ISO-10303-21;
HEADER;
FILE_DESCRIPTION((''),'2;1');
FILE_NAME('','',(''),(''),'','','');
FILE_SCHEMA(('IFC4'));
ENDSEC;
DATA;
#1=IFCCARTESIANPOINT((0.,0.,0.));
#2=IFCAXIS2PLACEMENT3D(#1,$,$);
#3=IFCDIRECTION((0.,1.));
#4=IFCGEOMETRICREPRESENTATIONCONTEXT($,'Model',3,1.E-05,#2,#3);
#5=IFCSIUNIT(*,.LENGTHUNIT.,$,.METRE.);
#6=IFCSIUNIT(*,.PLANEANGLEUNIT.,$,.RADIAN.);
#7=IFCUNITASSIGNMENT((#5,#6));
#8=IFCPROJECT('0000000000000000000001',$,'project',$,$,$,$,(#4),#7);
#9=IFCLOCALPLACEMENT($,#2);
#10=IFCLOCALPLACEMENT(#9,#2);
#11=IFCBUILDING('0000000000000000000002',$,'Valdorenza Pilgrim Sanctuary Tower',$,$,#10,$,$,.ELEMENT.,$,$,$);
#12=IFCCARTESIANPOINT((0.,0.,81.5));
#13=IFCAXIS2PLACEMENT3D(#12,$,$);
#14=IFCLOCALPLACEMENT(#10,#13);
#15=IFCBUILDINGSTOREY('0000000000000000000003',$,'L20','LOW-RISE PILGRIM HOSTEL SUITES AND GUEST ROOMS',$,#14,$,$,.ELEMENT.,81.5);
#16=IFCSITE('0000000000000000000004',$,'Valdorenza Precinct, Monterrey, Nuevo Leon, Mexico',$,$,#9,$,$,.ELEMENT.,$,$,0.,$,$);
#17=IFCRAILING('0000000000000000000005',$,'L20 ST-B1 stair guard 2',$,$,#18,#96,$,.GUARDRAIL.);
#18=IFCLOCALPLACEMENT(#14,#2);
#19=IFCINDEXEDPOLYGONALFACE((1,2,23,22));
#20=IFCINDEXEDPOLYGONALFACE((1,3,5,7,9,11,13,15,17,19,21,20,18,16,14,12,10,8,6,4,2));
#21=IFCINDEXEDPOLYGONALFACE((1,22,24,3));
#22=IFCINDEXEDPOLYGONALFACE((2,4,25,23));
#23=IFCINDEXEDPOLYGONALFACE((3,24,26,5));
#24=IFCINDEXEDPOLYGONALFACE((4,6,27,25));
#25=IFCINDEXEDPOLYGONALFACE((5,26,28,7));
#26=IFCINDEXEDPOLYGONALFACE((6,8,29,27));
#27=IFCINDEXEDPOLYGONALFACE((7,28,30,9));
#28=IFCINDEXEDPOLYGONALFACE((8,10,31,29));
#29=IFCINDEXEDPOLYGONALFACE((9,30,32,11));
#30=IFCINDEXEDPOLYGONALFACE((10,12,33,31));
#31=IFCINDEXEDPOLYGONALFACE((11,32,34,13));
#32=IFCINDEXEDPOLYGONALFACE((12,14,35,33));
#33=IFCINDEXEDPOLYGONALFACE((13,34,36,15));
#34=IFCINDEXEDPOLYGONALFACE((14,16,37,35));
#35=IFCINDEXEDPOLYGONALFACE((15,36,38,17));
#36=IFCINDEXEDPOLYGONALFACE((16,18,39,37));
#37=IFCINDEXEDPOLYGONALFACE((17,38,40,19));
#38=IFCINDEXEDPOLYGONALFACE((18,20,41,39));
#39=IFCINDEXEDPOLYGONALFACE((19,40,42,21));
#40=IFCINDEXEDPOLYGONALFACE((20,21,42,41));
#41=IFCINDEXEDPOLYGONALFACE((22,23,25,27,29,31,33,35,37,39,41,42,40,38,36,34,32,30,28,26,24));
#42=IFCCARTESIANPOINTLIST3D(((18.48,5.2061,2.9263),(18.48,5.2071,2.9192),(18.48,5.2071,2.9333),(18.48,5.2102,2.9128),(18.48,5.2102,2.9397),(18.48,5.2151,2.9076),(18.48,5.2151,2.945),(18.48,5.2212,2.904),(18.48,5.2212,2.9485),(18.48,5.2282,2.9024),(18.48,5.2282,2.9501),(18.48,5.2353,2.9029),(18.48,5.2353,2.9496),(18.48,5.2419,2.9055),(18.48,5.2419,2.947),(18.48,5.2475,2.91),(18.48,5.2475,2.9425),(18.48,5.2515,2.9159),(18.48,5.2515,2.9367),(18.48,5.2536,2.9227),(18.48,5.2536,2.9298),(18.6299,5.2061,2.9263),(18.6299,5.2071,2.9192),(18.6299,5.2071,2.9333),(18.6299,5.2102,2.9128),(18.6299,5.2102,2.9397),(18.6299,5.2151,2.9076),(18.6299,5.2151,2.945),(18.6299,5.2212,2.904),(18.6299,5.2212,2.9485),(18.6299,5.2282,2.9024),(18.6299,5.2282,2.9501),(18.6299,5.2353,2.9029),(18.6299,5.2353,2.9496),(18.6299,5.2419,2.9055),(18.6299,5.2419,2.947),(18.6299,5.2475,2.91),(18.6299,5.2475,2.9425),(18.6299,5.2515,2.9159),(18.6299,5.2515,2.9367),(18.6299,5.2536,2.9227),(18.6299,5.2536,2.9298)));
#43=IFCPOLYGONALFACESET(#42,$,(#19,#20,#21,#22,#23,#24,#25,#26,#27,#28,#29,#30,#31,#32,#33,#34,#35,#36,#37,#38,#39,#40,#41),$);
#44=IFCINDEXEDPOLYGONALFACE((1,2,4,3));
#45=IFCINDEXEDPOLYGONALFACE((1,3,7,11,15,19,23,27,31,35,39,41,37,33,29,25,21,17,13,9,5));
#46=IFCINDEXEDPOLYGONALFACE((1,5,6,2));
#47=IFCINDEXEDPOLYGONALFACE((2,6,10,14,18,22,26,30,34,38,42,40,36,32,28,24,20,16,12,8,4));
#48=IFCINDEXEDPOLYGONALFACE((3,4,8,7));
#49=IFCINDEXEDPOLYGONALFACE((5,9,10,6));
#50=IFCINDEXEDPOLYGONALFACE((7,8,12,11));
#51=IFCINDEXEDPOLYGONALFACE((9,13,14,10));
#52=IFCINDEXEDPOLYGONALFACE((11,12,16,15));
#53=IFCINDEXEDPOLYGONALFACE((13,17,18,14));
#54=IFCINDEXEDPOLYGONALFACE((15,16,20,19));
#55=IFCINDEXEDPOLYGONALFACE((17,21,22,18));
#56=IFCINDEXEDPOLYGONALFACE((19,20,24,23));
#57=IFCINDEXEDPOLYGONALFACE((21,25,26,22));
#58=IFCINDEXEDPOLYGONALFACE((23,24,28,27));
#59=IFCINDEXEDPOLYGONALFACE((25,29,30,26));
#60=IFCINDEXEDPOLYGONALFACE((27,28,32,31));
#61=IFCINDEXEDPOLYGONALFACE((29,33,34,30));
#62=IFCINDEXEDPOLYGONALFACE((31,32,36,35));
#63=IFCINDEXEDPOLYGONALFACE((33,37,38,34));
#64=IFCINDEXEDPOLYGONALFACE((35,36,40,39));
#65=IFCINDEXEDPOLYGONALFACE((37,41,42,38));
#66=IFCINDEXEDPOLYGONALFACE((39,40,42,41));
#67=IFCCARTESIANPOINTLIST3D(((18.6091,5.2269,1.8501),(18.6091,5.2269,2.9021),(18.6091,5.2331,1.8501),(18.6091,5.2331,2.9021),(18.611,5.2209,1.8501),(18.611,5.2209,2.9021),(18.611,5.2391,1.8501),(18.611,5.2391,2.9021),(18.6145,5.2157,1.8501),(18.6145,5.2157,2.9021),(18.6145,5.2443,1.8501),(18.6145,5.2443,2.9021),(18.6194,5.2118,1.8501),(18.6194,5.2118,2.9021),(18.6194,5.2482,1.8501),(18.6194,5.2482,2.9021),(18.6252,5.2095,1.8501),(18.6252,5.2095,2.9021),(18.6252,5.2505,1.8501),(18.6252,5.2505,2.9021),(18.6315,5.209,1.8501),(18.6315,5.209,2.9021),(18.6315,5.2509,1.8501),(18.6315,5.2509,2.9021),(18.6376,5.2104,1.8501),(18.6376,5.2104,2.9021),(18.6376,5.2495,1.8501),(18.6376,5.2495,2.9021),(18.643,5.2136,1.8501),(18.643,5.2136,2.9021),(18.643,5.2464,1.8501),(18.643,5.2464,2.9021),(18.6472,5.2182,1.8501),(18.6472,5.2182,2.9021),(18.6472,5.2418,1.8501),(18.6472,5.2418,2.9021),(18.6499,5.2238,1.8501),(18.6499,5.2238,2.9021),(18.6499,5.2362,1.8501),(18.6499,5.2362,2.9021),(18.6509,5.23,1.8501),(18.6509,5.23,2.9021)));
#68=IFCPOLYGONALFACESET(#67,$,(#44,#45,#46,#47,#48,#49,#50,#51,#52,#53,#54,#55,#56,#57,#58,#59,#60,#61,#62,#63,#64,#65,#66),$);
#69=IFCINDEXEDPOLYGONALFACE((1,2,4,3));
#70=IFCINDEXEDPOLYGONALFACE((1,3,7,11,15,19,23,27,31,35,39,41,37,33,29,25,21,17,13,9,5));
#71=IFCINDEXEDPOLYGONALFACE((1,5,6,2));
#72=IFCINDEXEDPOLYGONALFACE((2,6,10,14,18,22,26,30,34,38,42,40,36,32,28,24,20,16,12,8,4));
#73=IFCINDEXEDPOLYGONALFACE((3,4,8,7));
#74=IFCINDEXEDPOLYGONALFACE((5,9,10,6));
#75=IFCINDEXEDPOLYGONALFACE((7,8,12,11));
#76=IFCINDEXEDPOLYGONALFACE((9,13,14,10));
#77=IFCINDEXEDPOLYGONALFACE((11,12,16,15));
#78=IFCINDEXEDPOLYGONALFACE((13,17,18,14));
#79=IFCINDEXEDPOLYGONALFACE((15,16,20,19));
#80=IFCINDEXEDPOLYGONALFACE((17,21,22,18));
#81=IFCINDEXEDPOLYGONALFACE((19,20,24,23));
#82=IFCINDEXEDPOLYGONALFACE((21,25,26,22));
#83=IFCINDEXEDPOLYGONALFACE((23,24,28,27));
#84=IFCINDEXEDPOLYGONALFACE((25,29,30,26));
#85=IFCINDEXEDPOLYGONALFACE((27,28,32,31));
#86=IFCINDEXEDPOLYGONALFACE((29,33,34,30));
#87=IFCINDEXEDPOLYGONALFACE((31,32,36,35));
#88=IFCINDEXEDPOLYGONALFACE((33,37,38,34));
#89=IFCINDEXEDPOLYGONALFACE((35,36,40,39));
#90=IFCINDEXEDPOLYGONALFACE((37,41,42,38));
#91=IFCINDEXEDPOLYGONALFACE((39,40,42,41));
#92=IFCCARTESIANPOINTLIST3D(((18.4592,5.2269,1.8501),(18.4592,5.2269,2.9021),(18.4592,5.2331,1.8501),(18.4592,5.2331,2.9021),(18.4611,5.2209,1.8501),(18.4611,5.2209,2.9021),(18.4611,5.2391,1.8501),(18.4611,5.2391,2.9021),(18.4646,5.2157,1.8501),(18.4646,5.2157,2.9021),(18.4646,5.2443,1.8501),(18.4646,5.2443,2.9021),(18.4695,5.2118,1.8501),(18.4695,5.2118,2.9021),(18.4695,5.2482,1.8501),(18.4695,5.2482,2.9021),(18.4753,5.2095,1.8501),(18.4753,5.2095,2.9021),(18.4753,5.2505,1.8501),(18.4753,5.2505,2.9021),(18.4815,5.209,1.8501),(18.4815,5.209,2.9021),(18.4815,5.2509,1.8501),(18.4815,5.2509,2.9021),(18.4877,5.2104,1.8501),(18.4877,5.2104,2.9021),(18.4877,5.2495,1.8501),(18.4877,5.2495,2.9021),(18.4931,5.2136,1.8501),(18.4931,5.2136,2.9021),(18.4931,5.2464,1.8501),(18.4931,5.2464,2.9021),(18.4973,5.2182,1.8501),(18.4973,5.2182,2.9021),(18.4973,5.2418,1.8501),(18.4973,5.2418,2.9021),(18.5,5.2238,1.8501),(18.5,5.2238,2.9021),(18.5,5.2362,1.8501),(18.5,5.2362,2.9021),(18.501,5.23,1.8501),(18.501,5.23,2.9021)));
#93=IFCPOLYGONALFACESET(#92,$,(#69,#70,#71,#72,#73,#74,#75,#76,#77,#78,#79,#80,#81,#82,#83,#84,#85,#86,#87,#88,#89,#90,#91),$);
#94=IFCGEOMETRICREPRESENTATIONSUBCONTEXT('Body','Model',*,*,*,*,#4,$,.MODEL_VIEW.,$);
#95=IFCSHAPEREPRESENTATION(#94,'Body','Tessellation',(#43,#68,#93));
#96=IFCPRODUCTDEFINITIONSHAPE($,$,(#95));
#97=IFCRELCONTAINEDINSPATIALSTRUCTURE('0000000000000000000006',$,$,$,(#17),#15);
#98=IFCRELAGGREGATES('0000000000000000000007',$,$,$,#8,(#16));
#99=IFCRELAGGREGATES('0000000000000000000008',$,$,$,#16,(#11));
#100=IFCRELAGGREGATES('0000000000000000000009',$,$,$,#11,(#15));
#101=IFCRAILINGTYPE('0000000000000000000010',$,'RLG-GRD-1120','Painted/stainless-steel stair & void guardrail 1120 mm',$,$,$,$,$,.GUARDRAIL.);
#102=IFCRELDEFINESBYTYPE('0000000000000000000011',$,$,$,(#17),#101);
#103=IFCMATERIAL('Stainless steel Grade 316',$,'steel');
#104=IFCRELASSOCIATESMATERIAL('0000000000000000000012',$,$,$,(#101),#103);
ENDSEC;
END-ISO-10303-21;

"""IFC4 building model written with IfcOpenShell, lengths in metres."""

from ifc_helpers import new_model, si_unit, direction, frame, origin, origin_2d, place, context, subcontext, project, spatial, circle, extrude, material, type_object, element, save


model = new_model("IFC4")

# Units and contexts
model_context = context("Model", 3, precision=1e-05, world=origin(), true_north=direction((0.0, 1.0)))
body_context = subcontext(model_context, "Body", "Model", "MODEL_VIEW")
ifc_project = project(units=[si_unit("LENGTHUNIT", "METRE"), si_unit("PLANEANGLEUNIT", "RADIAN")], contexts=[model_context])

# Site, building, storey
site_placement = place(None, origin())
site = spatial("IfcSite", under=ifc_project, at=site_placement, Name="Valdorenza Precinct, Monterrey, Nuevo Leon, Mexico", CompositionType="ELEMENT", RefElevation=0.0)
building_placement = place(site_placement, origin())
building = spatial("IfcBuilding", under=site, at=building_placement, Name="Valdorenza Pilgrim Sanctuary Tower", CompositionType="ELEMENT")
storey_placement = place(building_placement, frame((0.0, 0.0, 81.5)))
storey = spatial("IfcBuildingStorey", under=building, at=storey_placement, Name="L20", Description="LOW-RISE PILGRIM HOSTEL SUITES AND GUEST ROOMS", CompositionType="ELEMENT", Elevation=81.5)

# Railing
ifc_material_1 = material(Name="Stainless steel Grade 316", Category="steel")
railing_type_1 = type_object("IfcRailingType", Name="RLG-GRD-1120", Description="Painted/stainless-steel stair & void guardrail 1120 mm", PredefinedType="GUARDRAIL", material=ifc_material_1)
railing_1_placement = place(storey_placement, frame((18.6299, 5.23, 1.8501)))
element("IfcRailing", 1, at=railing_1_placement, inside=storey, type_object=railing_type_1, Name="L20 ST-B1 stair guard 2", PredefinedType="GUARDRAIL", context=body_context, shape_type="SweptSolid", body=[
    extrude(circle(Radius=0.0239, at=origin_2d()), frame((0.0, 0.0, 1.0762), z_axis=(-1.0, 0.0, 0.0), x_axis=(0.0, -1.0, 0.0)), (0.0, 0.0, 1.0), 0.1499),
    extrude(circle(Radius=0.021, at=origin_2d()), origin(), (0.0, 0.0, 1.0), 1.052),
    extrude(circle(Radius=0.021, at=origin_2d()), frame((-0.1499, 0.0, 0.0)), (0.0, 0.0, 1.0), 1.052),
])

save(model, "model.ifc")
